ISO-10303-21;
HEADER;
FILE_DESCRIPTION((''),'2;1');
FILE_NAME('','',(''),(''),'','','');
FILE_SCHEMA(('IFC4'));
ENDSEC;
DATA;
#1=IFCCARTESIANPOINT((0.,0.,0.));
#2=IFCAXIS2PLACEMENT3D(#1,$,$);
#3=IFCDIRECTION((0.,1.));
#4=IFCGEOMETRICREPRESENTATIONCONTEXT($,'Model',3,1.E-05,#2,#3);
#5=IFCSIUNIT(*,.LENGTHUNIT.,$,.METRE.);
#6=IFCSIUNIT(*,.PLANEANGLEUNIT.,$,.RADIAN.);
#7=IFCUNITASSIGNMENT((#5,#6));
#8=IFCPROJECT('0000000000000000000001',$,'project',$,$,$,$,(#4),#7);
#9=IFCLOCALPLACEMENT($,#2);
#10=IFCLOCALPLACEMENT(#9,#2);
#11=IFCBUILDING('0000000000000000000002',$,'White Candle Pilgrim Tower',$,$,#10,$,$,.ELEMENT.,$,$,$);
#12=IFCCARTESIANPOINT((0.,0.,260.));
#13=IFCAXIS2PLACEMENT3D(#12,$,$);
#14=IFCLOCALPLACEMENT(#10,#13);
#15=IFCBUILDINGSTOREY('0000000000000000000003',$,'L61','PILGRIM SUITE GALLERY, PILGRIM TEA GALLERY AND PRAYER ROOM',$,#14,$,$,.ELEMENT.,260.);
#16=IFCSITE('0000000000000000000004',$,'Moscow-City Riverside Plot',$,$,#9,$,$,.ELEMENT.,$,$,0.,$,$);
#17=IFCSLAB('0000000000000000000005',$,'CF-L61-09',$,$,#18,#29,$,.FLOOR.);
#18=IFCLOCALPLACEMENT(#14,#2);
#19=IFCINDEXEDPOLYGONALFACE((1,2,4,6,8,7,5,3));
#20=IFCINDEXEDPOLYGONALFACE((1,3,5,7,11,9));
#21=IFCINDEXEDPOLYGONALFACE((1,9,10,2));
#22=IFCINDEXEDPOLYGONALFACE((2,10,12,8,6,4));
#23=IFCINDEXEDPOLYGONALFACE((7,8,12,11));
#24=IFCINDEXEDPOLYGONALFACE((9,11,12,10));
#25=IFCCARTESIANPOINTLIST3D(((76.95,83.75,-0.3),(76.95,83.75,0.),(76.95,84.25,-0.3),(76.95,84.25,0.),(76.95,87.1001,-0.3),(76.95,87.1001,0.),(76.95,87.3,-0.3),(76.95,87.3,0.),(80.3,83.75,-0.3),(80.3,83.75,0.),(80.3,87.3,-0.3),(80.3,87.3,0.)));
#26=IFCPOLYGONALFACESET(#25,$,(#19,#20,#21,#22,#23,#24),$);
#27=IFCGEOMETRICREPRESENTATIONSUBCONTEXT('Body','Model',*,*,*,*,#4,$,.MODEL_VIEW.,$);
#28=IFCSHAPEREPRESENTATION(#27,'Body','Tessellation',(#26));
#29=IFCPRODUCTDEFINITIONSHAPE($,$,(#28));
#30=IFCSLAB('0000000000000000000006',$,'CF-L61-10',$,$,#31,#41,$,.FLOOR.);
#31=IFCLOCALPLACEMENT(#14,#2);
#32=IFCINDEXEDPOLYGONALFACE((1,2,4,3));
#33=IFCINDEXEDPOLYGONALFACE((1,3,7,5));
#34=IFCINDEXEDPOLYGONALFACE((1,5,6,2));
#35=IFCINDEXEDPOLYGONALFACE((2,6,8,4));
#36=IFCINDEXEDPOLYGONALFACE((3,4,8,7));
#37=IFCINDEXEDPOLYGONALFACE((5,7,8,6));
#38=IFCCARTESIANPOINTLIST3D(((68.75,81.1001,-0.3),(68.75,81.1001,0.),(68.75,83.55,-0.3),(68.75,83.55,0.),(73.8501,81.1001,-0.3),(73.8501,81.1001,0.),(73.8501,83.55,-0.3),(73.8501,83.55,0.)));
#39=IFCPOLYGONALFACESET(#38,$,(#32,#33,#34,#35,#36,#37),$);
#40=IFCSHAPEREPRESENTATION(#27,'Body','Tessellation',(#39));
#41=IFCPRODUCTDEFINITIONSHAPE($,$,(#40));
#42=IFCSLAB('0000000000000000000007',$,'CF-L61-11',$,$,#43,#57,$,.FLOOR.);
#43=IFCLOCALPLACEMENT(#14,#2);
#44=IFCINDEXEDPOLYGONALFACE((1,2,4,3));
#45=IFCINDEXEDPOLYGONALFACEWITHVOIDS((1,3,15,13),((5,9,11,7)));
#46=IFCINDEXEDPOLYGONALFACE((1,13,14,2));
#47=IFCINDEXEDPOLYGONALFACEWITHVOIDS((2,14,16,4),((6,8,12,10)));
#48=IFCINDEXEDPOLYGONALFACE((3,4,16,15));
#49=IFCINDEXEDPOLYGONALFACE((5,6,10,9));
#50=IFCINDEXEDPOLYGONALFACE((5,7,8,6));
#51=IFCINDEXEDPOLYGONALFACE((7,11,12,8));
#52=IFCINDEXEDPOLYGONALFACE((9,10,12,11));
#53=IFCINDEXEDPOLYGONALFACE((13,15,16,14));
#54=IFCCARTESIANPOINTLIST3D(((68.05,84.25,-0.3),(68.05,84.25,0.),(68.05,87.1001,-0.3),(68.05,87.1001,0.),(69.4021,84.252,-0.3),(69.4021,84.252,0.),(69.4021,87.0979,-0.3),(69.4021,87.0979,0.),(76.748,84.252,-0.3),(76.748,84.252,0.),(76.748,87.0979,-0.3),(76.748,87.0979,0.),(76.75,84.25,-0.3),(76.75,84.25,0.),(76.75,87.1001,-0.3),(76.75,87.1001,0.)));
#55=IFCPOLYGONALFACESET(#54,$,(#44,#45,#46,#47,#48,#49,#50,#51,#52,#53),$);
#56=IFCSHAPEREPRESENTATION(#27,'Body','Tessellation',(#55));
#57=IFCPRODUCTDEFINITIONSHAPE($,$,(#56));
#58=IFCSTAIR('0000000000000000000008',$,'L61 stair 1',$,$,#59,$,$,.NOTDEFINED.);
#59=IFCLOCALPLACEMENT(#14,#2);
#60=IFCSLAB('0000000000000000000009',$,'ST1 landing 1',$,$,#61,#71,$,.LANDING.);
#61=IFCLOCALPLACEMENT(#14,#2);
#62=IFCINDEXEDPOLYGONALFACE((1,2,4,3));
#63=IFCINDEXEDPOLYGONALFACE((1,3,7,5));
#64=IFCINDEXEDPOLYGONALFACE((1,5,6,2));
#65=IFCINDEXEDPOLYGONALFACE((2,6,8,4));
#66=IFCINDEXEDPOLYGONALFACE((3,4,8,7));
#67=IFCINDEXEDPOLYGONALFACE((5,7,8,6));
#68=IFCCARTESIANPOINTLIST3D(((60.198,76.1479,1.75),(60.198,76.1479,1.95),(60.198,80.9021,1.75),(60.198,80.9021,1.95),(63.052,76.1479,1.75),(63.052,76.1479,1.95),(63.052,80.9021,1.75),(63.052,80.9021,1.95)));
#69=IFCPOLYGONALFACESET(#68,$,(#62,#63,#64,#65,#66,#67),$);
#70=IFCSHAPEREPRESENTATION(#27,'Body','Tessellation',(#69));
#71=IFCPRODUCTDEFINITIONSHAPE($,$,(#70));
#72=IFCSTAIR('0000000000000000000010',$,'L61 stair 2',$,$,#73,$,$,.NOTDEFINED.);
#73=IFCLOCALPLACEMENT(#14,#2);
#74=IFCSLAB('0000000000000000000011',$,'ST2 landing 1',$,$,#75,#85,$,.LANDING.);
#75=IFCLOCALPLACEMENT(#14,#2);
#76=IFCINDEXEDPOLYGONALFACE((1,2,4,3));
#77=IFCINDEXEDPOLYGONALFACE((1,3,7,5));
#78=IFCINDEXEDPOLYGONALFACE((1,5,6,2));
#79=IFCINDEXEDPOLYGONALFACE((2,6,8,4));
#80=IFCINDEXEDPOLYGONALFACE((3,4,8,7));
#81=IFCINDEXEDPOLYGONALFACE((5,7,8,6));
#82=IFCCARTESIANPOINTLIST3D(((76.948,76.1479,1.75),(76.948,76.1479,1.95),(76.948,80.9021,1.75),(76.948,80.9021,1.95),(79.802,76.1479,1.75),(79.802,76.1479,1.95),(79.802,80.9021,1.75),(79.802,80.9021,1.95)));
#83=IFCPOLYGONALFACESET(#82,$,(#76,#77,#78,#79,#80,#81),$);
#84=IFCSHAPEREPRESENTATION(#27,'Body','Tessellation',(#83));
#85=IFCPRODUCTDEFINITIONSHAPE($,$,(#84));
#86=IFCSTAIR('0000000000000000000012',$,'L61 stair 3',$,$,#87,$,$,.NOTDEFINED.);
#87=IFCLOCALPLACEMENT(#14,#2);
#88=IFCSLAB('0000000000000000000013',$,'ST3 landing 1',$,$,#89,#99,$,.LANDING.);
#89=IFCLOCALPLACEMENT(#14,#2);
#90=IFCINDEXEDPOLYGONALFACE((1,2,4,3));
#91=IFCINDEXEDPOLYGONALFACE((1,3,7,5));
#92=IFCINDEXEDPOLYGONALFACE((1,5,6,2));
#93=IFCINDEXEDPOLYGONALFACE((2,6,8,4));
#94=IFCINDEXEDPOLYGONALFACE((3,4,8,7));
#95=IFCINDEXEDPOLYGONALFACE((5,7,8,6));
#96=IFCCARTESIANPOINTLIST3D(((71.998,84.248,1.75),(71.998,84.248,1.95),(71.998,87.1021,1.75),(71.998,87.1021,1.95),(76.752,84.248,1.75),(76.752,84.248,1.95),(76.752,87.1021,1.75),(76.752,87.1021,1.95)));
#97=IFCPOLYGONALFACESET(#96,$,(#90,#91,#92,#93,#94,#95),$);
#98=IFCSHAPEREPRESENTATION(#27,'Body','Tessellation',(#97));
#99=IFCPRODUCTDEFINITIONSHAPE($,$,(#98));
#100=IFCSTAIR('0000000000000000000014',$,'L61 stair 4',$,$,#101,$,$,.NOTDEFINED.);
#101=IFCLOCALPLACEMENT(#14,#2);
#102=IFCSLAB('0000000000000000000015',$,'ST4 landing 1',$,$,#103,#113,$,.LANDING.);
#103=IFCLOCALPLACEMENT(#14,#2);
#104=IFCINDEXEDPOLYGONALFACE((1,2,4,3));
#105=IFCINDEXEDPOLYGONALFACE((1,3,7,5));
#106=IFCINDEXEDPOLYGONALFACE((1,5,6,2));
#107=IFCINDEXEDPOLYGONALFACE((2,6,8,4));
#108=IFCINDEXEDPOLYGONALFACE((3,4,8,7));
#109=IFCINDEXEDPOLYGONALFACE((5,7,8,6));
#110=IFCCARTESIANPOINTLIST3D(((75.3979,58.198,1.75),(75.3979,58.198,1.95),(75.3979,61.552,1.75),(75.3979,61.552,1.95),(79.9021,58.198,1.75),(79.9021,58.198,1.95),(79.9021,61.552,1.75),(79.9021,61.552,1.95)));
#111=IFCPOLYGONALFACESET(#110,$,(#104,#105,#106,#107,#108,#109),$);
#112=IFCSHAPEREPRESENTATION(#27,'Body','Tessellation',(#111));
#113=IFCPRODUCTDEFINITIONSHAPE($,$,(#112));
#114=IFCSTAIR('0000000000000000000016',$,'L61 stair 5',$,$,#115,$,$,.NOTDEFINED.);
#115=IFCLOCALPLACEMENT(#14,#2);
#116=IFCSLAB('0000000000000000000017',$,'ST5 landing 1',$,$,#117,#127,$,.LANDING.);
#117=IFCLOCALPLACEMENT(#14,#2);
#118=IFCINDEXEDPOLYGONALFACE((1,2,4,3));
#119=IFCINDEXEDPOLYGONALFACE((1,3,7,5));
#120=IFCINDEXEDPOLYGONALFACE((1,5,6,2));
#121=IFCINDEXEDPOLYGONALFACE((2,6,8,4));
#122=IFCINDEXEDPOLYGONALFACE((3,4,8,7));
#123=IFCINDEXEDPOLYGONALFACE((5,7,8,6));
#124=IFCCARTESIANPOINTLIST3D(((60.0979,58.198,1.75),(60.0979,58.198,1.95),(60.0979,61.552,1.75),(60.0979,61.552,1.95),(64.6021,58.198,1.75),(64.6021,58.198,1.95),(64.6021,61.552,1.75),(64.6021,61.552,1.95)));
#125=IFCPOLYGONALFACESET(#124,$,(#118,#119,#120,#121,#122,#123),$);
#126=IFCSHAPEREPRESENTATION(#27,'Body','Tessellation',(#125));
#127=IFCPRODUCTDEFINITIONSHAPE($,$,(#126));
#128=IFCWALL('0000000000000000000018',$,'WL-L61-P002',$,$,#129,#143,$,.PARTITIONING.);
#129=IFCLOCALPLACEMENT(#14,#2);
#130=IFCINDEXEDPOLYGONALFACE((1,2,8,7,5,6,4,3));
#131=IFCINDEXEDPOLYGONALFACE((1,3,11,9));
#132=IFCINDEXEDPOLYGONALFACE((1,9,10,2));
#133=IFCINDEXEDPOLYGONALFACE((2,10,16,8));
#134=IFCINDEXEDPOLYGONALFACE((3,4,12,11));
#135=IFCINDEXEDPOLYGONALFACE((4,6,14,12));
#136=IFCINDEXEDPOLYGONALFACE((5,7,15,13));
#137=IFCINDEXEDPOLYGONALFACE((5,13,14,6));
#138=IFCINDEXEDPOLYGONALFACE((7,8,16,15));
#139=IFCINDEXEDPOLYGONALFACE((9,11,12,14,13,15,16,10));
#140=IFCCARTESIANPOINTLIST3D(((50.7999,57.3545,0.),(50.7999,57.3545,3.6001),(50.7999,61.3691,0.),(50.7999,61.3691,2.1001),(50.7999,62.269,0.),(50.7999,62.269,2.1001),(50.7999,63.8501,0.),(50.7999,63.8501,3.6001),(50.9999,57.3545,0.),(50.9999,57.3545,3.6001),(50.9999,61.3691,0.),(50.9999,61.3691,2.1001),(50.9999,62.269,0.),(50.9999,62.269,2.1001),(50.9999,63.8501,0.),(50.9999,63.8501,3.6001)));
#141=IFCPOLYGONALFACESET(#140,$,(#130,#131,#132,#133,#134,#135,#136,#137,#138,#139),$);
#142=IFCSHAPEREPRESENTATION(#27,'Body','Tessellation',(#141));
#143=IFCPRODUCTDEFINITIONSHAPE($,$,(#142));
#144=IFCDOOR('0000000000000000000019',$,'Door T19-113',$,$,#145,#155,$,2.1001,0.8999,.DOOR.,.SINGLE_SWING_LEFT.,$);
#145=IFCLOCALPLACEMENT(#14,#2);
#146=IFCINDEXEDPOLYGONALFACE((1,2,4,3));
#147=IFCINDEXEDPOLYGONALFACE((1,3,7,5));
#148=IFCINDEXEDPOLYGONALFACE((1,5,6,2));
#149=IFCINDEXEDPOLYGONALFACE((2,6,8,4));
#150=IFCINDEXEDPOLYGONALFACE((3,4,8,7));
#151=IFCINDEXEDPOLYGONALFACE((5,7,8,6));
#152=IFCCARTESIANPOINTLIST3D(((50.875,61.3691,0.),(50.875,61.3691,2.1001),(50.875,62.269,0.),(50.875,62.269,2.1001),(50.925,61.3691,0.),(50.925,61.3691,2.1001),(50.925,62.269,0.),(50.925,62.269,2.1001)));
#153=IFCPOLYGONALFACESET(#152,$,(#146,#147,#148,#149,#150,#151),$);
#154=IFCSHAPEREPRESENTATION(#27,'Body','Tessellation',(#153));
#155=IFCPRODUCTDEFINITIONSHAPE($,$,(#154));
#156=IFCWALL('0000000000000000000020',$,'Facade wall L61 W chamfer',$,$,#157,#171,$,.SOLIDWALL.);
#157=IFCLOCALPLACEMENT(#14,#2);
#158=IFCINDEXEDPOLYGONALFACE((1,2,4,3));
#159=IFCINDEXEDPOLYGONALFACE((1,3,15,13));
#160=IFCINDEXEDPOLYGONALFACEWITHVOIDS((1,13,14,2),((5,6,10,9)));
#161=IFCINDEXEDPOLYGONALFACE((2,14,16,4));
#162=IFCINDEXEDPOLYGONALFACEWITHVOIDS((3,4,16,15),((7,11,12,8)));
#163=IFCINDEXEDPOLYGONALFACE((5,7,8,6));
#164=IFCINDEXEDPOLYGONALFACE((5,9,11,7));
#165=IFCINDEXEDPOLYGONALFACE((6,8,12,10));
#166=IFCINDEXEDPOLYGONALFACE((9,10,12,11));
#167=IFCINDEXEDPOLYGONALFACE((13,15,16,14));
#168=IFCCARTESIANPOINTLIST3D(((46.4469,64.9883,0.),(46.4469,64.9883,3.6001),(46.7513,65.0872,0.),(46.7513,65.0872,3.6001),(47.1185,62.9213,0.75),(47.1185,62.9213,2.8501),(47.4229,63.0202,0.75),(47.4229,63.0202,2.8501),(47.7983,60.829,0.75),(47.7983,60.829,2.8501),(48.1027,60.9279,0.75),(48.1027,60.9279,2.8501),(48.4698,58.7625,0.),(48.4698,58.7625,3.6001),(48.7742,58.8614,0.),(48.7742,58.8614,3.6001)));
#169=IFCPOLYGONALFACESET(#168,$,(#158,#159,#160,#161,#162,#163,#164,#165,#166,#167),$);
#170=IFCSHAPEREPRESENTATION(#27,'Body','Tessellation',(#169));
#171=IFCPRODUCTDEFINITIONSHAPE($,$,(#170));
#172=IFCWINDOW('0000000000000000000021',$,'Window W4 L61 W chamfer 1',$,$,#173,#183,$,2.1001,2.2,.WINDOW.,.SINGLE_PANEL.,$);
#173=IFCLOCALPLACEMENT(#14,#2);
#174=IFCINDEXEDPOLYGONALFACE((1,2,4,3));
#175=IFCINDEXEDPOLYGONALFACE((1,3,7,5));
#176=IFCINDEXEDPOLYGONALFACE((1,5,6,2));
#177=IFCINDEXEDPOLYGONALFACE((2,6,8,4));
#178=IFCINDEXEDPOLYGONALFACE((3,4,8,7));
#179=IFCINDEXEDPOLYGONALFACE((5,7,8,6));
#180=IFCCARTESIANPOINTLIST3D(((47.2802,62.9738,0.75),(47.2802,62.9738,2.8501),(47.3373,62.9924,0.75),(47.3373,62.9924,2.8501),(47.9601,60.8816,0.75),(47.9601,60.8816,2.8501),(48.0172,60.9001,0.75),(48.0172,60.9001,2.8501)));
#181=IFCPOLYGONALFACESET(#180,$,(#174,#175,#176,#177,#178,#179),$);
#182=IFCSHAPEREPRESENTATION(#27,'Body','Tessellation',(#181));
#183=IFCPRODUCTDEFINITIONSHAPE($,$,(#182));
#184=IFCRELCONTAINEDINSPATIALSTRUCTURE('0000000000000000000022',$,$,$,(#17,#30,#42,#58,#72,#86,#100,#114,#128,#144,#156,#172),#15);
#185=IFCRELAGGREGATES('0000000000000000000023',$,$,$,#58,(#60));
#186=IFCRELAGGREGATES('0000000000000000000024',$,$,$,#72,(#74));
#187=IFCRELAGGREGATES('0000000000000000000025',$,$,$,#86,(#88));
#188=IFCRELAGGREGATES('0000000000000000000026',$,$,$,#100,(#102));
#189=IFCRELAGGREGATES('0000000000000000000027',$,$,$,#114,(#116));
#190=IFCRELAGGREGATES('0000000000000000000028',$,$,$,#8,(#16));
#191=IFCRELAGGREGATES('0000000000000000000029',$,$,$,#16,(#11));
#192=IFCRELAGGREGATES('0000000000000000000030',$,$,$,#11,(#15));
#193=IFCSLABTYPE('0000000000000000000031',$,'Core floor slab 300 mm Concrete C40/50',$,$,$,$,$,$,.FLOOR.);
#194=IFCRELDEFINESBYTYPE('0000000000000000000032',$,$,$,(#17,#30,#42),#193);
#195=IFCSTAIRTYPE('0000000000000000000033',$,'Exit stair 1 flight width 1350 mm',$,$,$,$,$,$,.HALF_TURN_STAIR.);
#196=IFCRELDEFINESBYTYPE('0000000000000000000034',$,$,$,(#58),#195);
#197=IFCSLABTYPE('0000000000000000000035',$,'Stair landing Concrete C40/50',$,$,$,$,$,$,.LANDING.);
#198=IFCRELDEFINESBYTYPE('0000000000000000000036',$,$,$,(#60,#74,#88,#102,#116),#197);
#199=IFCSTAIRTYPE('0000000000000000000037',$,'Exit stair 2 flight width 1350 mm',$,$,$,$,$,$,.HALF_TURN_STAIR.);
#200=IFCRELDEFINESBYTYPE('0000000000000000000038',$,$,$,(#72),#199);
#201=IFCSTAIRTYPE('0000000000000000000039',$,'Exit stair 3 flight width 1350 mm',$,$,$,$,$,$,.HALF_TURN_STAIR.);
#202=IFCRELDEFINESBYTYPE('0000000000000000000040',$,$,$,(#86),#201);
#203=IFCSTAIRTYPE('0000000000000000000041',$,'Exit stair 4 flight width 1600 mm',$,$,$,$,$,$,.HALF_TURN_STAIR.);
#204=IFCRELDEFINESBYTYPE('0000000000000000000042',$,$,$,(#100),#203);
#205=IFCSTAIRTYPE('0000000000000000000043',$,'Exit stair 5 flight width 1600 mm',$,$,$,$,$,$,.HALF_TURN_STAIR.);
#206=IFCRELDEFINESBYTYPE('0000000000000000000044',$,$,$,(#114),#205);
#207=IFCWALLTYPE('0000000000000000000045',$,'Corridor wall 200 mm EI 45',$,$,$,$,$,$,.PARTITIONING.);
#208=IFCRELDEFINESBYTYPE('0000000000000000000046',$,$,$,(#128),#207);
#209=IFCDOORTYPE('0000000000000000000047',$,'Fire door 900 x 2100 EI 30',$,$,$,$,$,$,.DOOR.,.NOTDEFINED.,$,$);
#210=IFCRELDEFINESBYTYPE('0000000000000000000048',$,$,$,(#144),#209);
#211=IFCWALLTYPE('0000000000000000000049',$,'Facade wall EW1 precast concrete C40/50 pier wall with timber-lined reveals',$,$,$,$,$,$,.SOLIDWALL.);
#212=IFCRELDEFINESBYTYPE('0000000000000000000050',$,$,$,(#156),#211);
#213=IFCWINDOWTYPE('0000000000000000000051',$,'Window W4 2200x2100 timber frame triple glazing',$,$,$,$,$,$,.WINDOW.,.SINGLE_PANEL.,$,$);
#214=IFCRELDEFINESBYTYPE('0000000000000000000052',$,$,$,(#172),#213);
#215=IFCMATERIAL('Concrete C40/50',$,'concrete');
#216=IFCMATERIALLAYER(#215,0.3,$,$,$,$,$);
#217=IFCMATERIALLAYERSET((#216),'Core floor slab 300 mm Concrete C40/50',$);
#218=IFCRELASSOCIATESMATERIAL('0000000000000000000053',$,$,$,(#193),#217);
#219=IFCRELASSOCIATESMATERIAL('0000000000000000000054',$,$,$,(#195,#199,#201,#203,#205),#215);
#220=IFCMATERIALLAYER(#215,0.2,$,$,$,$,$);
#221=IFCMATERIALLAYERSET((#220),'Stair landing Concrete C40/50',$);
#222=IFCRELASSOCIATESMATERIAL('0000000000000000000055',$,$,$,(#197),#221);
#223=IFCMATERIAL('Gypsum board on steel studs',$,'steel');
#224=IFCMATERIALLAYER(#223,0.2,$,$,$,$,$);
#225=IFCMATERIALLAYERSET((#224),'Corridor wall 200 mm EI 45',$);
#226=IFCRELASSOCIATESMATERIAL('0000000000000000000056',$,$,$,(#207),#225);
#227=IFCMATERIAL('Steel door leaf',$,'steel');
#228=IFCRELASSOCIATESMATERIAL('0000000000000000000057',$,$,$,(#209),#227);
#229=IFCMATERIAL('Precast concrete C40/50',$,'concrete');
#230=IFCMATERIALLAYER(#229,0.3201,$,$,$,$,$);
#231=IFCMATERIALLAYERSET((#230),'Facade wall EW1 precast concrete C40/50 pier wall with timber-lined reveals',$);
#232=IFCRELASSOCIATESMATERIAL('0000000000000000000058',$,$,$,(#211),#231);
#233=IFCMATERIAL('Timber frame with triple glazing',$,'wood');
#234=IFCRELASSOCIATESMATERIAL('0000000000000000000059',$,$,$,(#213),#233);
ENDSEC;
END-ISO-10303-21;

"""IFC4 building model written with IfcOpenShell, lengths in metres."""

from ifc_helpers import new_model, si_unit, direction, frame, frame_2d, origin, place, context, subcontext, project, spatial, polyline, rectangle, outline, extrude, material, layer, layer_set, type_object, element, fill, aggregate, save


model = new_model("IFC4")

# Units and contexts
model_context = context("Model", 3, precision=1e-05, world=origin(), true_north=direction((0.0, 1.0)))
body_context = subcontext(model_context, "Body", "Model", "MODEL_VIEW")
ifc_project = project(units=[si_unit("LENGTHUNIT", "METRE"), si_unit("PLANEANGLEUNIT", "RADIAN")], contexts=[model_context])

# Site, building, storey
site_placement = place(None, origin())
site = spatial("IfcSite", under=ifc_project, at=site_placement, Name="Moscow-City Riverside Plot", CompositionType="ELEMENT", RefElevation=0.0)
building_placement = place(site_placement, origin())
building = spatial("IfcBuilding", under=site, at=building_placement, Name="White Candle Pilgrim Tower", CompositionType="ELEMENT")
storey_placement = place(building_placement, frame((0.0, 0.0, 260.0)))
storey = spatial("IfcBuildingStorey", under=building, at=storey_placement, Name="L61", Description="PILGRIM SUITE GALLERY, PILGRIM TEA GALLERY AND PRAYER ROOM", CompositionType="ELEMENT", Elevation=260.0)

# Slabs
ifc_material_1 = material(Name="Concrete C40/50", Category="concrete")
ifc_layer_1 = layer(ifc_material_1, 0.3)
ifc_layer_set_1 = layer_set([ifc_layer_1], Name="Core floor slab 300 mm Concrete C40/50")
slab_type_1 = type_object("IfcSlabType", Name="Core floor slab 300 mm Concrete C40/50", PredefinedType="FLOOR", material=ifc_layer_set_1)
slab_1_placement = place(storey_placement, frame((0.0, 0.0, -0.3)))
element("IfcSlab", 1, at=slab_1_placement, inside=storey, type_object=slab_type_1, Name="CF-L61-09", PredefinedType="FLOOR", context=body_context, shape_type="SweptSolid", body=[
    extrude(outline(polyline([(80.3, 87.3), (80.3, 83.75), (76.95, 83.75), (76.95, 84.25), (76.95, 87.1001), (76.95, 87.3), (80.3, 87.3)])), origin(), (0.0, 0.0, 1.0), 0.3),
])
slab_2_placement = place(storey_placement, frame((0.0, 0.0, -0.3)))
element("IfcSlab", 2, at=slab_2_placement, inside=storey, type_object=slab_type_1, Name="CF-L61-10", PredefinedType="FLOOR", context=body_context, shape_type="SweptSolid", body=[
    extrude(outline(polyline([(68.75, 81.1001), (68.75, 83.55), (73.8501, 83.55), (73.8501, 81.1001), (68.75, 81.1001)])), origin(), (0.0, 0.0, 1.0), 0.3),
])
slab_3_placement = place(storey_placement, frame((0.0, 0.0, -0.3)))
element("IfcSlab", 3, at=slab_3_placement, inside=storey, type_object=slab_type_1, Name="CF-L61-11", PredefinedType="FLOOR", context=body_context, shape_type="SweptSolid", body=[
    extrude(outline(polyline([(68.05, 87.1001), (76.75, 87.1001), (76.75, 84.25), (68.05, 84.25), (68.05, 87.1001)]), holes=[polyline([(69.4021, 84.252), (76.748, 84.252), (76.748, 87.0979), (69.4021, 87.0979), (69.4021, 84.252)])]), origin(), (0.0, 0.0, 1.0), 0.3),
])

# Stairs, slabs
stair_type_1 = type_object("IfcStairType", Name="Exit stair 1 flight width 1350 mm", PredefinedType="HALF_TURN_STAIR", material=ifc_material_1)
stair_1_placement = place(storey_placement, origin())
stair_1 = element("IfcStair", 4, at=stair_1_placement, inside=storey, type_object=stair_type_1, Name="L61 stair 1", PredefinedType="NOTDEFINED")
ifc_layer_2 = layer(ifc_material_1, 0.2)
ifc_layer_set_2 = layer_set([ifc_layer_2], Name="Stair landing Concrete C40/50")
slab_type_2 = type_object("IfcSlabType", Name="Stair landing Concrete C40/50", PredefinedType="LANDING", material=ifc_layer_set_2)
slab_4_placement = place(storey_placement, frame((0.0, 0.0, 1.75)))
slab_4 = element("IfcSlab", 5, at=slab_4_placement, type_object=slab_type_2, Name="ST1 landing 1", PredefinedType="LANDING", context=body_context, shape_type="SweptSolid", body=[
    extrude(outline(polyline([(63.052, 76.1479), (60.198, 76.1479), (60.198, 80.9021), (63.052, 80.9021), (63.052, 76.1479)])), origin(), (0.0, 0.0, 1.0), 0.2),
])
aggregate(stair_1, [slab_4])
stair_type_2 = type_object("IfcStairType", Name="Exit stair 2 flight width 1350 mm", PredefinedType="HALF_TURN_STAIR", material=ifc_material_1)
stair_2_placement = place(storey_placement, origin())
stair_2 = element("IfcStair", 6, at=stair_2_placement, inside=storey, type_object=stair_type_2, Name="L61 stair 2", PredefinedType="NOTDEFINED")
slab_5_placement = place(storey_placement, frame((0.0, 0.0, 1.75)))
slab_5 = element("IfcSlab", 7, at=slab_5_placement, type_object=slab_type_2, Name="ST2 landing 1", PredefinedType="LANDING", context=body_context, shape_type="SweptSolid", body=[
    extrude(outline(polyline([(79.802, 76.1479), (76.948, 76.1479), (76.948, 80.9021), (79.802, 80.9021), (79.802, 76.1479)])), origin(), (0.0, 0.0, 1.0), 0.2),
])
aggregate(stair_2, [slab_5])
stair_type_3 = type_object("IfcStairType", Name="Exit stair 3 flight width 1350 mm", PredefinedType="HALF_TURN_STAIR", material=ifc_material_1)
stair_3_placement = place(storey_placement, origin())
stair_3 = element("IfcStair", 8, at=stair_3_placement, inside=storey, type_object=stair_type_3, Name="L61 stair 3", PredefinedType="NOTDEFINED")
slab_6_placement = place(storey_placement, frame((0.0, 0.0, 1.75)))
slab_6 = element("IfcSlab", 9, at=slab_6_placement, type_object=slab_type_2, Name="ST3 landing 1", PredefinedType="LANDING", context=body_context, shape_type="SweptSolid", body=[
    extrude(outline(polyline([(71.998, 84.248), (71.998, 87.1021), (76.752, 87.1021), (76.752, 84.248), (71.998, 84.248)])), origin(), (0.0, 0.0, 1.0), 0.2),
])
aggregate(stair_3, [slab_6])
stair_type_4 = type_object("IfcStairType", Name="Exit stair 4 flight width 1600 mm", PredefinedType="HALF_TURN_STAIR", material=ifc_material_1)
stair_4_placement = place(storey_placement, origin())
stair_4 = element("IfcStair", 10, at=stair_4_placement, inside=storey, type_object=stair_type_4, Name="L61 stair 4", PredefinedType="NOTDEFINED")
slab_7_placement = place(storey_placement, frame((0.0, 0.0, 1.75)))
slab_7 = element("IfcSlab", 11, at=slab_7_placement, type_object=slab_type_2, Name="ST4 landing 1", PredefinedType="LANDING", context=body_context, shape_type="SweptSolid", body=[
    extrude(outline(polyline([(79.9021, 61.552), (79.9021, 58.198), (75.3979, 58.198), (75.3979, 61.552), (79.9021, 61.552)])), origin(), (0.0, 0.0, 1.0), 0.2),
])
aggregate(stair_4, [slab_7])
stair_type_5 = type_object("IfcStairType", Name="Exit stair 5 flight width 1600 mm", PredefinedType="HALF_TURN_STAIR", material=ifc_material_1)
stair_5_placement = place(storey_placement, origin())
stair_5 = element("IfcStair", 12, at=stair_5_placement, inside=storey, type_object=stair_type_5, Name="L61 stair 5", PredefinedType="NOTDEFINED")
slab_8_placement = place(storey_placement, frame((0.0, 0.0, 1.75)))
slab_8 = element("IfcSlab", 13, at=slab_8_placement, type_object=slab_type_2, Name="ST5 landing 1", PredefinedType="LANDING", context=body_context, shape_type="SweptSolid", body=[
    extrude(outline(polyline([(60.0979, 58.198), (60.0979, 61.552), (64.6021, 61.552), (64.6021, 58.198), (60.0979, 58.198)])), origin(), (0.0, 0.0, 1.0), 0.2),
])
aggregate(stair_5, [slab_8])

# Wall, opening, door
ifc_material_2 = material(Name="Gypsum board on steel studs", Category="steel")
ifc_layer_3 = layer(ifc_material_2, 0.2)
ifc_layer_set_3 = layer_set([ifc_layer_3], Name="Corridor wall 200 mm EI 45")
wall_type_1 = type_object("IfcWallType", Name="Corridor wall 200 mm EI 45", PredefinedType="PARTITIONING", material=ifc_layer_set_3)
wall_1_placement = place(storey_placement, frame((50.8999, 57.3545, 0.0), z_axis=(0.0, 0.0, 1.0), x_axis=(0.0, 1.0, 0.0)))
wall_1 = element("IfcWall", 14, at=wall_1_placement, inside=storey, type_object=wall_type_1, Name="WL-L61-P002", PredefinedType="PARTITIONING", context=body_context, shape_type="SweptSolid", body=[
    extrude(rectangle(XDim=6.4956, YDim=0.2, at=frame_2d((3.2478, 0.0))), origin(), (0.0, 0.0, 1.0), 3.6001),
])
opening_1_placement = place(wall_1_placement, frame((4.0146, 0.0, 0.0)))
opening_1 = element("IfcOpeningElement", 15, at=opening_1_placement, cuts=wall_1, PredefinedType="OPENING", context=body_context, shape_type="SweptSolid", body=[
    extrude(rectangle(XDim=0.8999, YDim=2.1001, at=frame_2d((0.45, 1.05))), frame((0.0, 0.1099, 0.0), z_axis=(0.0, -1.0, 0.0), x_axis=(1.0, 0.0, 0.0)), (0.0, 0.0, 1.0), 0.22),
])
ifc_material_3 = material(Name="Steel door leaf", Category="steel")
door_type_1 = type_object("IfcDoorType", Name="Fire door 900 x 2100 EI 30", OperationType="NOTDEFINED", PredefinedType="DOOR", material=ifc_material_3)
door_1_placement = place(opening_1_placement, origin())
door_1 = element("IfcDoor", 16, at=door_1_placement, inside=storey, type_object=door_type_1, Name="Door T19-113", OperationType="SINGLE_SWING_LEFT", OverallHeight=2.1001, OverallWidth=0.8999, PredefinedType="DOOR", context=body_context, shape_type="SweptSolid", body=[
    extrude(rectangle(XDim=0.8999, YDim=2.1001, at=frame_2d((0.45, 1.05))), frame((0.0, 0.0249, 0.0), z_axis=(0.0, -1.0, 0.0), x_axis=(1.0, 0.0, 0.0)), (0.0, 0.0, 1.0), 0.05),
])
fill(opening_1, door_1)

# Wall, opening, window
ifc_material_4 = material(Name="Precast concrete C40/50", Category="concrete")
ifc_layer_4 = layer(ifc_material_4, 0.3201)
ifc_layer_set_4 = layer_set([ifc_layer_4], Name="Facade wall EW1 precast concrete C40/50 pier wall with timber-lined reveals")
wall_type_2 = type_object("IfcWallType", Name="Facade wall EW1 precast concrete C40/50 pier wall with timber-lined reveals", PredefinedType="SOLIDWALL", material=ifc_layer_set_4)
wall_2_placement = place(storey_placement, frame((46.5991, 65.0376, 0.0), z_axis=(0.0, 0.0, 1.0), x_axis=(0.309025, -0.951054, 0.0)))
wall_2 = element("IfcWall", 17, at=wall_2_placement, inside=storey, type_object=wall_type_2, Name="Facade wall L61 W chamfer", PredefinedType="SOLIDWALL", context=body_context, shape_type="SweptSolid", body=[
    extrude(rectangle(XDim=6.5461, YDim=0.3201, at=frame_2d((3.2729, 0.0))), origin(), (0.0, 0.0, 1.0), 3.6001),
])
opening_2_placement = place(wall_2_placement, frame((2.1731, 0.0, 0.75)))
opening_2 = element("IfcOpeningElement", 18, at=opening_2_placement, cuts=wall_2, PredefinedType="OPENING", context=body_context, shape_type="SweptSolid", body=[
    extrude(rectangle(XDim=2.2, YDim=2.1001, at=frame_2d((1.1001, 1.05))), frame((0.0, 0.1699, 0.0), z_axis=(0.0, -1.0, 0.0), x_axis=(1.0, 0.0, 0.0)), (0.0, 0.0, 1.0), 0.3401),
])
ifc_material_5 = material(Name="Timber frame with triple glazing", Category="wood")
window_type_1 = type_object("IfcWindowType", Name="Window W4 2200x2100 timber frame triple glazing", PartitioningType="SINGLE_PANEL", PredefinedType="WINDOW", material=ifc_material_5)
window_1_placement = place(opening_2_placement, origin())
window_1 = element("IfcWindow", 19, at=window_1_placement, inside=storey, type_object=window_type_1, Name="Window W4 L61 W chamfer 1", OverallHeight=2.1001, OverallWidth=2.2, PartitioningType="SINGLE_PANEL", PredefinedType="WINDOW", context=body_context, shape_type="SweptSolid", body=[
    extrude(rectangle(XDim=2.2, YDim=2.1001, at=frame_2d((1.1001, 1.05))), frame((0.0, 0.0701, 0.0), z_axis=(0.0, -1.0, 0.0), x_axis=(1.0, 0.0, 0.0)), (0.0, 0.0, 1.0), 0.0601),
])
fill(opening_2, window_1)

save(model, "model.ifc")
